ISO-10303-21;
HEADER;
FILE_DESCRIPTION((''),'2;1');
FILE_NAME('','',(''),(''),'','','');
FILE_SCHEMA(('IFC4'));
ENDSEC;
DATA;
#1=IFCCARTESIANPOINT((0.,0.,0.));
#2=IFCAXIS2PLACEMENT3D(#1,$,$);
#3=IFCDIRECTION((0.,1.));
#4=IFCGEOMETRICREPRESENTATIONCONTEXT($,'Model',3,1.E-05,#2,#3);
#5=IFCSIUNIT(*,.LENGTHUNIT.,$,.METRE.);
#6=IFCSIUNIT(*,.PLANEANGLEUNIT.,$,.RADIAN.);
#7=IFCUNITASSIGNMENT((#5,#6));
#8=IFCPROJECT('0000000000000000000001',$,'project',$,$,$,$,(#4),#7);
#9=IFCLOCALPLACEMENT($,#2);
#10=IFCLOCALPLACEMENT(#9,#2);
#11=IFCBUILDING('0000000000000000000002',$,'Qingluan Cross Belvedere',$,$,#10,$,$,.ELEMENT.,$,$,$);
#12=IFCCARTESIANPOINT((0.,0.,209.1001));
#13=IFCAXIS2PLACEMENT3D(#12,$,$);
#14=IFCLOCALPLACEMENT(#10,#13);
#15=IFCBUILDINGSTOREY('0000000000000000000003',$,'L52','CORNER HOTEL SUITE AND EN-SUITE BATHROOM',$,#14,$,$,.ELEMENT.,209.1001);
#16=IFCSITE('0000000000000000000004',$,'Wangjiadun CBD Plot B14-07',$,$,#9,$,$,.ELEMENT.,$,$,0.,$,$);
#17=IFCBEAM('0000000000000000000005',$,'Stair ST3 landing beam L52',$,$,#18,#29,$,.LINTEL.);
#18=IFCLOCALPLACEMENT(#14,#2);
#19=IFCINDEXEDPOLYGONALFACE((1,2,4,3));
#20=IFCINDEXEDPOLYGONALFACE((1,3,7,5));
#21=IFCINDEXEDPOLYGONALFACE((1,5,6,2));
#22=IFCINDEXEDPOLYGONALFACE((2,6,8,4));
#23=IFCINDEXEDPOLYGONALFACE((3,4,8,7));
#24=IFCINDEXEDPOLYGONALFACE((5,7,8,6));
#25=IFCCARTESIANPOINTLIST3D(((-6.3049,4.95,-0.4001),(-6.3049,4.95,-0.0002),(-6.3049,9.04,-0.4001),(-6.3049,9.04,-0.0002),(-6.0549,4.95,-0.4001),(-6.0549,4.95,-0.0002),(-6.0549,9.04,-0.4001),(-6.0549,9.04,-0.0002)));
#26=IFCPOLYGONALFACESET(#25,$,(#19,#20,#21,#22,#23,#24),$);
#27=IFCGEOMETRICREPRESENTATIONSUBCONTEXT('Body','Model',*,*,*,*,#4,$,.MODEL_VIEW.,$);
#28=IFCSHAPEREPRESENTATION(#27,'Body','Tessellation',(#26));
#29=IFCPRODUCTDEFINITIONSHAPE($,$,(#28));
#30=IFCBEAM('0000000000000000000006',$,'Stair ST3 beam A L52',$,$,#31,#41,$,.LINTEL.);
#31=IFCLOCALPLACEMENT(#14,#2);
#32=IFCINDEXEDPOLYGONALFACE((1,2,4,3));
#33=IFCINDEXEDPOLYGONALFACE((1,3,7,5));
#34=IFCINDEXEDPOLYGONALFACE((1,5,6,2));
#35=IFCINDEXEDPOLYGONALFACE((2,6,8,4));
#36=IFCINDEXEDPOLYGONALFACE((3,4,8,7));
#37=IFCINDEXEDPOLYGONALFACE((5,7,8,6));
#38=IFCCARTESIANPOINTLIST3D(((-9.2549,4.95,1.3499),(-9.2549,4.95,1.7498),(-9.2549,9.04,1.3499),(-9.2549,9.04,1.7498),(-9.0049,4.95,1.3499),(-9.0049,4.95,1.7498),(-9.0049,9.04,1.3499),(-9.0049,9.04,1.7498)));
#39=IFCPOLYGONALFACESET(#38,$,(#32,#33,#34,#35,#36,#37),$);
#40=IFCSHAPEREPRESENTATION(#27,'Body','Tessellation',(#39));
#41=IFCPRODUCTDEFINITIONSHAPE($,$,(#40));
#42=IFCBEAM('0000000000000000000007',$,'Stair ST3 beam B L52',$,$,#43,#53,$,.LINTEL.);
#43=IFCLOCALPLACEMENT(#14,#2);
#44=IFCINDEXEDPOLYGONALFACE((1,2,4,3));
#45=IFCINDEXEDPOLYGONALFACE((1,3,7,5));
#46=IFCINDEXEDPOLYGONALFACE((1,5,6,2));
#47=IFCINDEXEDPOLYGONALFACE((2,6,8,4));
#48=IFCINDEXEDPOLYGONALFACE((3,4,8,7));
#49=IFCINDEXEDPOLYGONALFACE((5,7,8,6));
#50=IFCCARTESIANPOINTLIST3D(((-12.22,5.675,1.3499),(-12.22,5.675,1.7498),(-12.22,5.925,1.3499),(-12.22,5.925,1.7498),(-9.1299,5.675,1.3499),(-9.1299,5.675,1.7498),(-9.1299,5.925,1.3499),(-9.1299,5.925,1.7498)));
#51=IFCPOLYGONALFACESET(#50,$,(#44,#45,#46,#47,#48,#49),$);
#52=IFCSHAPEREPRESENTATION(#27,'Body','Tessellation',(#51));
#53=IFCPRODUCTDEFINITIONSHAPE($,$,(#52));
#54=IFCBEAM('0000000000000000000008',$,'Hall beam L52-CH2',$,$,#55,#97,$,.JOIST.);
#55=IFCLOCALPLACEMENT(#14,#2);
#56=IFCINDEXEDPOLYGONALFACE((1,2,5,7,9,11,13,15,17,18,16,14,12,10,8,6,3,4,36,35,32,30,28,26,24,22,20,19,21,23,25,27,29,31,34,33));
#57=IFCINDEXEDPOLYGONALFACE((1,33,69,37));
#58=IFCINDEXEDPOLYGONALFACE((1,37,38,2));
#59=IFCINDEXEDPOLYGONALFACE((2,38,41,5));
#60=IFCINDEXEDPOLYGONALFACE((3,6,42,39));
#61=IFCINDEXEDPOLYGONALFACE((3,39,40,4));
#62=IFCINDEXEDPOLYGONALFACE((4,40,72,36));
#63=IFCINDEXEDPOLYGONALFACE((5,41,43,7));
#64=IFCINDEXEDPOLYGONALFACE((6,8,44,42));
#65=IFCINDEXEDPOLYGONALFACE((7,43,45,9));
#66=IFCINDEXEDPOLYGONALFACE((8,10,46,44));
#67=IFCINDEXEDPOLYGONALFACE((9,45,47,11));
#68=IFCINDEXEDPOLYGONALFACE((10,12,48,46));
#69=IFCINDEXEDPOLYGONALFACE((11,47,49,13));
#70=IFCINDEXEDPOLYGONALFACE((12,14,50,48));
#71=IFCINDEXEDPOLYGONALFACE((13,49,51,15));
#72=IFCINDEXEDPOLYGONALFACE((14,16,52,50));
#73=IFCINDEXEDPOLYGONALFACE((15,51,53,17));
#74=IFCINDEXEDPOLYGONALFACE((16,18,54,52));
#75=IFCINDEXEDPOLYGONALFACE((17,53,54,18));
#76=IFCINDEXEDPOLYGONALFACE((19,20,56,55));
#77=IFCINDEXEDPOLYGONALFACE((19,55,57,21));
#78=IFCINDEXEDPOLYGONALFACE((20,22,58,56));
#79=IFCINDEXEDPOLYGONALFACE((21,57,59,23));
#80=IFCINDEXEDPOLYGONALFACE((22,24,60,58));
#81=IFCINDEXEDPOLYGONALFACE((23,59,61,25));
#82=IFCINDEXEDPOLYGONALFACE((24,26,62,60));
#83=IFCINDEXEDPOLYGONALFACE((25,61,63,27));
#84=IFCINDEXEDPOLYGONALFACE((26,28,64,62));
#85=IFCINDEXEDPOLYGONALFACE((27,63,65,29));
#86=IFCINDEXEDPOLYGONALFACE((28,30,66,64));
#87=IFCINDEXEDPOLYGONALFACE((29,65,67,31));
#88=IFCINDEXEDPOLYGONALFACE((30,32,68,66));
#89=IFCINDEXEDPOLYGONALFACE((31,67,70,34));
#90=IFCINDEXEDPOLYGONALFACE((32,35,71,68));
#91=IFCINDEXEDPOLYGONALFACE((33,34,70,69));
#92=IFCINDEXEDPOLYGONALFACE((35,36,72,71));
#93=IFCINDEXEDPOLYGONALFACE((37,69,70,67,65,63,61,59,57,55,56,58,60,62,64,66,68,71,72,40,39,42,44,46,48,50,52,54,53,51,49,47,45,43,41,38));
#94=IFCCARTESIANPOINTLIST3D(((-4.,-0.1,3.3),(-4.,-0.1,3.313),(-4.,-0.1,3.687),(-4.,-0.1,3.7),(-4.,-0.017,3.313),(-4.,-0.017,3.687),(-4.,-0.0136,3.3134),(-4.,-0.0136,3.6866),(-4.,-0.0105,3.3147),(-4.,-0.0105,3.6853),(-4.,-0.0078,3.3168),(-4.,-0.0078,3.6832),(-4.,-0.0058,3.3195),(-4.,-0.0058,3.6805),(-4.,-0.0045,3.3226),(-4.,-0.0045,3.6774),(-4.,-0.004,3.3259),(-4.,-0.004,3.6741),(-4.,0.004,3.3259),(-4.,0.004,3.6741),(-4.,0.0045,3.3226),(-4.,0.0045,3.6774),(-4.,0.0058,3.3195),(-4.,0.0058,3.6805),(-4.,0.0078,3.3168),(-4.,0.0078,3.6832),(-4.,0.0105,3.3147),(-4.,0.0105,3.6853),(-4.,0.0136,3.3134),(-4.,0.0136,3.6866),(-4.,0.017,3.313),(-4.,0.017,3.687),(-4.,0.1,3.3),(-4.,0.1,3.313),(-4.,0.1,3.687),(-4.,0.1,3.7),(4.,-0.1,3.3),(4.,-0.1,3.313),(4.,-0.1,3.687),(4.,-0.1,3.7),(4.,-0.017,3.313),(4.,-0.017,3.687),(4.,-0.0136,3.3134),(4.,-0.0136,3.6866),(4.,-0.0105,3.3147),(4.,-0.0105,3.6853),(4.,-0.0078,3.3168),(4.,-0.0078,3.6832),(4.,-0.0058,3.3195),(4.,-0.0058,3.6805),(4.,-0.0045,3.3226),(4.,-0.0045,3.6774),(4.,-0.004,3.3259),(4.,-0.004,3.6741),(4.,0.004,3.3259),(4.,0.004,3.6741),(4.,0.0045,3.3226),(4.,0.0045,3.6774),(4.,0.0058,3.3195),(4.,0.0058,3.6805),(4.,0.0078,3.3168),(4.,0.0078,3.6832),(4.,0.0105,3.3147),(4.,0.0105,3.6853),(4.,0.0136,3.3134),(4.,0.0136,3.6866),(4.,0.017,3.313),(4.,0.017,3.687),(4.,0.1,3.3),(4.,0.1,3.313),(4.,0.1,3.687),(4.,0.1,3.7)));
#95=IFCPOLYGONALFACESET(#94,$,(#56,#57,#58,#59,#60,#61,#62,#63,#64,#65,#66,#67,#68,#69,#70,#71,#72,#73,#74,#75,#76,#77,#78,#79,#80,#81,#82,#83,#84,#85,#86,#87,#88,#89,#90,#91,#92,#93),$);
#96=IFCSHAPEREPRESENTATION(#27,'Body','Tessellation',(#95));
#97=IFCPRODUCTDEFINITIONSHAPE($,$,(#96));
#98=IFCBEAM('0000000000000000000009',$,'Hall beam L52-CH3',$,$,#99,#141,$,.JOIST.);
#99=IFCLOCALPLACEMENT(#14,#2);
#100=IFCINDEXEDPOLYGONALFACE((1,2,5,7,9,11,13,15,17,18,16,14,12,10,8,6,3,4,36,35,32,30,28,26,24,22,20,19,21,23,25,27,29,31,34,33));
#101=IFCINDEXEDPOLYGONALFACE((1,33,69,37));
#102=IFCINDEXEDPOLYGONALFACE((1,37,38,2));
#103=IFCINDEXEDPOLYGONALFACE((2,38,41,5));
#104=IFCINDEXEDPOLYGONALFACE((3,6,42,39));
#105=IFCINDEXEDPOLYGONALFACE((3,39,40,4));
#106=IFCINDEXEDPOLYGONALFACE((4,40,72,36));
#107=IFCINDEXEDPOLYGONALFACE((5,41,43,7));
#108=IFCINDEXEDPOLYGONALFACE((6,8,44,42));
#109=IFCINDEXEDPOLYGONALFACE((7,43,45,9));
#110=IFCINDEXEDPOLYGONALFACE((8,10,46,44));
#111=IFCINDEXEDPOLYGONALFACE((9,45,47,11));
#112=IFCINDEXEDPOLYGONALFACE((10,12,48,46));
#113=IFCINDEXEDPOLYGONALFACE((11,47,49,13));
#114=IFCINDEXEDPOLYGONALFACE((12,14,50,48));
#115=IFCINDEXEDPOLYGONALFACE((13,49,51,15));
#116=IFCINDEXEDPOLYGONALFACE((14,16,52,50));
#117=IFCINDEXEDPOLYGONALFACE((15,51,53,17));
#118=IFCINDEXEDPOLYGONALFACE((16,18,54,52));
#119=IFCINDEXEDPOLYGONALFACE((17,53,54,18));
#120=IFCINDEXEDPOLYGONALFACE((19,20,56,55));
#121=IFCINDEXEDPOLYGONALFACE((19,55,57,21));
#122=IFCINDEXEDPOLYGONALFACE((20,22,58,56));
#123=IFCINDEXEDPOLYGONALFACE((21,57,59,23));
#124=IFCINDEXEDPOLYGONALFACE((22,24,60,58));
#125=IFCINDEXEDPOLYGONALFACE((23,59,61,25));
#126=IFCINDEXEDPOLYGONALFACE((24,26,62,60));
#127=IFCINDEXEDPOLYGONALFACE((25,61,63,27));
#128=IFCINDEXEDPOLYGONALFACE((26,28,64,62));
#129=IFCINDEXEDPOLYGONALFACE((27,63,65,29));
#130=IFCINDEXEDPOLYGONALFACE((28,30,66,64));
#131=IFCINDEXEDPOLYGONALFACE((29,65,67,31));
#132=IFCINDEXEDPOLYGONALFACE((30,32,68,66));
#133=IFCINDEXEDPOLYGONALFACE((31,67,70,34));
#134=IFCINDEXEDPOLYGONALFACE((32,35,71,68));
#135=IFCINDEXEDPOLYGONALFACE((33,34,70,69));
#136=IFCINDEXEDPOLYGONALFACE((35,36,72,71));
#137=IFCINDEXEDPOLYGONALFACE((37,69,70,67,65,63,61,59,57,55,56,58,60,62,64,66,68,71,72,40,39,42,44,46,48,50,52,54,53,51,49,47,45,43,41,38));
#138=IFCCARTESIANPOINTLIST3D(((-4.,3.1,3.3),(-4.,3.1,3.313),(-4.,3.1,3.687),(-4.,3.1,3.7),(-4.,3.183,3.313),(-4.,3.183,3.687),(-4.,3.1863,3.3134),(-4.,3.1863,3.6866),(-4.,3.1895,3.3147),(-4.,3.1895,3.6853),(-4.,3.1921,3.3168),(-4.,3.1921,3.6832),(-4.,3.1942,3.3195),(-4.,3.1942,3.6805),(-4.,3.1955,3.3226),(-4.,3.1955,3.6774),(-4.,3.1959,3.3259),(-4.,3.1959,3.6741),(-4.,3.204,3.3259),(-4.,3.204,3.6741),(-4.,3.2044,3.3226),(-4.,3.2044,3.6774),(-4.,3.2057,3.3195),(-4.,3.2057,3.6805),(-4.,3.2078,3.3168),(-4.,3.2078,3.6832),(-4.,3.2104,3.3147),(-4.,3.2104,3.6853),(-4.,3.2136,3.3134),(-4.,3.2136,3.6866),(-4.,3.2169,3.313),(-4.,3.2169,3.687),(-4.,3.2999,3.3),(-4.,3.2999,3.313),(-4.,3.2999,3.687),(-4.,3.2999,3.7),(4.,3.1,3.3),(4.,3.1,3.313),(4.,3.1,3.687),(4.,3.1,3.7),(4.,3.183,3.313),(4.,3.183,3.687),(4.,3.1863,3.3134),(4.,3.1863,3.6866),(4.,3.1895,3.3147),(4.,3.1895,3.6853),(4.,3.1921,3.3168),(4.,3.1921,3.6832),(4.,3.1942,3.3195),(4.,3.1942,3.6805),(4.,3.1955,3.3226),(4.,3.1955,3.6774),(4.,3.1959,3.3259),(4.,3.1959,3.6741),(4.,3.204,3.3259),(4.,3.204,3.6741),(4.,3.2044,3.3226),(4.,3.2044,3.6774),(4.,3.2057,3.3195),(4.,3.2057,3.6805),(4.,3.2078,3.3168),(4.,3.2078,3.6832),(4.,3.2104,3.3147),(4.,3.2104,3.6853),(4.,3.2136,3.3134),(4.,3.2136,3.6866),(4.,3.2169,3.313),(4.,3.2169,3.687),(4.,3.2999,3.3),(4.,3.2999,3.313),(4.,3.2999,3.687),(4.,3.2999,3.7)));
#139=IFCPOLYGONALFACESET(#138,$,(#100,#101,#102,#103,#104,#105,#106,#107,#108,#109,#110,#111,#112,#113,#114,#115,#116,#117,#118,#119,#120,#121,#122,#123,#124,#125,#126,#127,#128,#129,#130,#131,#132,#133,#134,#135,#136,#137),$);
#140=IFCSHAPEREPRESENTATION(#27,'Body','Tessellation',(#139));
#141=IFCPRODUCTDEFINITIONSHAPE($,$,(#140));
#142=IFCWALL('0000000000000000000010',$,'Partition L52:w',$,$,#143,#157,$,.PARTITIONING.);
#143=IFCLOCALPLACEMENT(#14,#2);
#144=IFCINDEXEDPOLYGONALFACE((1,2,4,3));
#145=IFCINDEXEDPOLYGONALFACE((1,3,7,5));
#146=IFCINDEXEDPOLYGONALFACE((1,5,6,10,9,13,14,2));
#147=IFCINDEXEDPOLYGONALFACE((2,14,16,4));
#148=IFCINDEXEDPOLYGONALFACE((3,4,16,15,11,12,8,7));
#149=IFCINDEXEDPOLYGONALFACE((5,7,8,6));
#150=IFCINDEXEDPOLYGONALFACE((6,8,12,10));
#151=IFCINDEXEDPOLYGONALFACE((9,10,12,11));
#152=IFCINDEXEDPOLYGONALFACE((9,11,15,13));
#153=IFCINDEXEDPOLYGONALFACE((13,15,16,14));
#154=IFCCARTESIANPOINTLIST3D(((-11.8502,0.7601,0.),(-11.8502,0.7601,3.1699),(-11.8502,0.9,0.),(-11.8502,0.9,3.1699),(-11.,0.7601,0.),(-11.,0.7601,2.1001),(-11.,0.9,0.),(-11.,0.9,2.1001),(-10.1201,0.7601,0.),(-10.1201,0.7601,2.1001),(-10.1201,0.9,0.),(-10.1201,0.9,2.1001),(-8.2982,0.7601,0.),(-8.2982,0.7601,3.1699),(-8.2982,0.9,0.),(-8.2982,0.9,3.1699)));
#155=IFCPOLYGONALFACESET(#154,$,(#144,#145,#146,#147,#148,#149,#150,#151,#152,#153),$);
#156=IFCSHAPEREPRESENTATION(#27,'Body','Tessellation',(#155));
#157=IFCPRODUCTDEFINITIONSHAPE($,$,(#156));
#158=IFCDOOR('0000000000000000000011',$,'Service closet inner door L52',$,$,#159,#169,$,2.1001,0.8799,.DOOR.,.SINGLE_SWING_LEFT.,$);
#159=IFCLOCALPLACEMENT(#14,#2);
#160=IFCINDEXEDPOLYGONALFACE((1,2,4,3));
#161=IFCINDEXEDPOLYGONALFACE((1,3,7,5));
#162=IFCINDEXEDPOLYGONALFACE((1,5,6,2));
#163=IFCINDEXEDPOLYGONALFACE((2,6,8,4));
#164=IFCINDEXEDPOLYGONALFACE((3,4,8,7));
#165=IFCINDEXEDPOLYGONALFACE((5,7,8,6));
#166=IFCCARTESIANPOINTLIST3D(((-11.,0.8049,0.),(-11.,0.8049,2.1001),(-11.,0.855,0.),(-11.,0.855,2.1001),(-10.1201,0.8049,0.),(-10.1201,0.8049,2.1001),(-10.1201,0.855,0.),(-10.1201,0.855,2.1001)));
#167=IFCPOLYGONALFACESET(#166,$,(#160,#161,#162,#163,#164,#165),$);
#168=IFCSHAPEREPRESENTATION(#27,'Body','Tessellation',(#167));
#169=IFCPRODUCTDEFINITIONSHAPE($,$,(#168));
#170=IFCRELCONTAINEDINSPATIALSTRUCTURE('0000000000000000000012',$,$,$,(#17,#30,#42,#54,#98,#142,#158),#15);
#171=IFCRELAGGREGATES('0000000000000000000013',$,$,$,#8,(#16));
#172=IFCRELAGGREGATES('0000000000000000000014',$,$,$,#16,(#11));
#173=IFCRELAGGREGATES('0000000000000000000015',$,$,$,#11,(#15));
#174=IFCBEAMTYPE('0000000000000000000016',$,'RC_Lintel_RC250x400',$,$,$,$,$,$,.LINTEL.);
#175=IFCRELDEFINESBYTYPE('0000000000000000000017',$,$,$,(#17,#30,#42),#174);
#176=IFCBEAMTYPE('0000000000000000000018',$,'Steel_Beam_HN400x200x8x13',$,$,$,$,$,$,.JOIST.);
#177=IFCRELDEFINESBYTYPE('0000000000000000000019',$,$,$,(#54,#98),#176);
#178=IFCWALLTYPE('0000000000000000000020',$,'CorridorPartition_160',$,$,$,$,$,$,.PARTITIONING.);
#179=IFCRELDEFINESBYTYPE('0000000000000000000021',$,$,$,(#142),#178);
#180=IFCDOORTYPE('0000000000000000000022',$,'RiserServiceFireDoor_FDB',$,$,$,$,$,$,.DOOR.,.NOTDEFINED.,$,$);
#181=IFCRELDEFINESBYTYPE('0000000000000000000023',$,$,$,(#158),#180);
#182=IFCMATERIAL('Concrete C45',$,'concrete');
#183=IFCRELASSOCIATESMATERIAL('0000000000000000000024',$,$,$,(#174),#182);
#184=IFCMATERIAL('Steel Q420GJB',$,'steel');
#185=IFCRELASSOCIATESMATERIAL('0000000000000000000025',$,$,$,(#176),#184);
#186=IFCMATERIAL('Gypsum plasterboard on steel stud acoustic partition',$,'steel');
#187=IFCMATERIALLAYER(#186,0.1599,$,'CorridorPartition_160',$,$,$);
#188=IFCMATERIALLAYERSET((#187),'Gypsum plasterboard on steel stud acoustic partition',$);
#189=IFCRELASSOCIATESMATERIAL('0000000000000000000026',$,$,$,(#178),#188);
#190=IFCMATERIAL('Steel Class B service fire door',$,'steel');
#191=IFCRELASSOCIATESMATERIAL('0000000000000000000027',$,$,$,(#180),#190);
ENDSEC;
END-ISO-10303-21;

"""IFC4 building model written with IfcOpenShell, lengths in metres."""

from ifc_helpers import new_model, si_unit, direction, frame, frame_2d, origin, origin_2d, place, context, subcontext, project, spatial, rectangle, i_section, extrude, material, layer, layer_set, material_profile, profile_set, type_object, element, fill, save


model = new_model("IFC4")

# Units and contexts
model_context = context("Model", 3, precision=1e-05, world=origin(), true_north=direction((0.0, 1.0)))
body_context = subcontext(model_context, "Body", "Model", "MODEL_VIEW")
ifc_project = project(units=[si_unit("LENGTHUNIT", "METRE"), si_unit("PLANEANGLEUNIT", "RADIAN")], contexts=[model_context])

# Site, building, storey
site_placement = place(None, origin())
site = spatial("IfcSite", under=ifc_project, at=site_placement, Name="Wangjiadun CBD Plot B14-07", CompositionType="ELEMENT", RefElevation=0.0)
building_placement = place(site_placement, origin())
building = spatial("IfcBuilding", under=site, at=building_placement, Name="Qingluan Cross Belvedere", CompositionType="ELEMENT")
storey_placement = place(building_placement, frame((0.0, 0.0, 209.1001)))
storey = spatial("IfcBuildingStorey", under=building, at=storey_placement, Name="L52", Description="CORNER HOTEL SUITE AND EN-SUITE BATHROOM", CompositionType="ELEMENT", Elevation=209.1001)

# Beams
ifc_material_1 = material(Name="Concrete C45", Category="concrete")
ifc_material_profile_1 = material_profile(ifc_material_1, rectangle(XDim=0.25, YDim=0.3999, at=origin_2d()), Name="RC250x400")
ifc_profile_set_1 = profile_set([ifc_material_profile_1], Name="Concrete C45")
beam_type_1 = type_object("IfcBeamType", Name="RC_Lintel_RC250x400", PredefinedType="LINTEL", material=ifc_profile_set_1)
for number, where, z_axis, x_axis, name in (
    (1, (-6.1799, 4.95, -0.2002), (0.0, 1.0, 0.0), (-1.0, 0.0, 0.0), "Stair ST3 landing beam L52"),
    (2, (-9.1299, 4.95, 1.5498), (0.0, 1.0, 0.0), (-1.0, 0.0, 0.0), "Stair ST3 beam A L52"),
):
    element("IfcBeam", number, at=place(storey_placement, frame(where, z_axis=z_axis, x_axis=x_axis)), inside=storey, type_object=beam_type_1, Name=name, PredefinedType="LINTEL", context=body_context, shape_type="SweptSolid", body=[
        extrude(rectangle(XDim=0.25, YDim=0.3999, at=origin_2d()), origin(), (0.0, 0.0, 1.0), 4.0901),
    ])
beam_placement = place(storey_placement, frame((-12.22, 5.8, 1.5498), z_axis=(1.0, 0.0, 0.0), x_axis=(0.0, 1.0, 0.0)))
element("IfcBeam", 3, at=beam_placement, inside=storey, type_object=beam_type_1, Name="Stair ST3 beam B L52", PredefinedType="LINTEL", context=body_context, shape_type="SweptSolid", body=[
    extrude(rectangle(XDim=0.25, YDim=0.3999, at=origin_2d()), origin(), (0.0, 0.0, 1.0), 3.0901),
])
ifc_material_2 = material(Name="Steel Q420GJB", Category="steel")
ifc_material_profile_2 = material_profile(ifc_material_2, i_section(OverallWidth=0.2, OverallDepth=0.3999, WebThickness=0.0081, FlangeThickness=0.0129, FilletRadius=0.0129, at=origin_2d()), Name="HN400x200x8x13")
ifc_profile_set_2 = profile_set([ifc_material_profile_2], Name="Steel Q420GJB")
beam_type_2 = type_object("IfcBeamType", Name="Steel_Beam_HN400x200x8x13", PredefinedType="JOIST", material=ifc_profile_set_2)
for number, where, z_axis, x_axis, name in (
    (4, (-4.0, 0.0, 3.5), (1.0, 0.0, 0.0), (0.0, 1.0, 0.0), "Hall beam L52-CH2"),
    (5, (-4.0, 3.2, 3.5), (1.0, 0.0, 0.0), (0.0, 1.0, 0.0), "Hall beam L52-CH3"),
):
    element("IfcBeam", number, at=place(storey_placement, frame(where, z_axis=z_axis, x_axis=x_axis)), inside=storey, type_object=beam_type_2, Name=name, PredefinedType="JOIST", context=body_context, shape_type="SweptSolid", body=[
        extrude(i_section(OverallWidth=0.2, OverallDepth=0.3999, WebThickness=0.0081, FlangeThickness=0.0129, FilletRadius=0.0129, at=origin_2d()), origin(), (0.0, 0.0, 1.0), 8.0),
    ])

# Wall, opening, door
ifc_material_3 = material(Name="Gypsum plasterboard on steel stud acoustic partition", Category="steel")
ifc_layer_1 = layer(ifc_material_3, 0.1599, Name="CorridorPartition_160")
ifc_layer_set_1 = layer_set([ifc_layer_1], Name="Gypsum plasterboard on steel stud acoustic partition")
wall_type_1 = type_object("IfcWallType", Name="CorridorPartition_160", PredefinedType="PARTITIONING", material=ifc_layer_set_1)
wall_1_placement = place(storey_placement, frame((-11.8501, 0.8301, 0.0), z_axis=(0.0, 0.0, 1.0), x_axis=(1.0, 0.0, 0.0)))
wall_1 = element("IfcWall", 6, at=wall_1_placement, inside=storey, type_object=wall_type_1, Name="Partition L52:w", PredefinedType="PARTITIONING", context=body_context, shape_type="SweptSolid", body=[
    extrude(rectangle(XDim=3.552, YDim=0.1399, at=frame_2d((1.7759, 0.0))), origin(), (0.0, 0.0, 1.0), 3.1699),
])
opening_1_placement = place(wall_1_placement, frame((0.8501, 0.0, 0.0)))
opening_1 = element("IfcOpeningElement", 7, at=opening_1_placement, cuts=wall_1, PredefinedType="OPENING", context=body_context, shape_type="SweptSolid", body=[
    extrude(rectangle(XDim=0.8799, YDim=2.1001, at=frame_2d((0.4399, 1.05))), frame((0.0, 0.0798, 0.0), z_axis=(0.0, -1.0, 0.0), x_axis=(1.0, 0.0, 0.0)), (0.0, 0.0, 1.0), 0.1599),
])
ifc_material_4 = material(Name="Steel Class B service fire door", Category="steel")
door_type_1 = type_object("IfcDoorType", Name="RiserServiceFireDoor_FDB", OperationType="NOTDEFINED", PredefinedType="DOOR", material=ifc_material_4)
door_1_placement = place(opening_1_placement, origin())
door_1 = element("IfcDoor", 8, at=door_1_placement, inside=storey, type_object=door_type_1, Name="Service closet inner door L52", OperationType="SINGLE_SWING_LEFT", OverallHeight=2.1001, OverallWidth=0.8799, PredefinedType="DOOR", context=body_context, shape_type="SweptSolid", body=[
    extrude(rectangle(XDim=0.8799, YDim=2.1001, at=frame_2d((0.4399, 1.05))), frame((0.0, 0.0249, 0.0), z_axis=(0.0, -1.0, 0.0), x_axis=(1.0, 0.0, 0.0)), (0.0, 0.0, 1.0), 0.05),
])
fill(opening_1, door_1)

save(model, "model.ifc")
